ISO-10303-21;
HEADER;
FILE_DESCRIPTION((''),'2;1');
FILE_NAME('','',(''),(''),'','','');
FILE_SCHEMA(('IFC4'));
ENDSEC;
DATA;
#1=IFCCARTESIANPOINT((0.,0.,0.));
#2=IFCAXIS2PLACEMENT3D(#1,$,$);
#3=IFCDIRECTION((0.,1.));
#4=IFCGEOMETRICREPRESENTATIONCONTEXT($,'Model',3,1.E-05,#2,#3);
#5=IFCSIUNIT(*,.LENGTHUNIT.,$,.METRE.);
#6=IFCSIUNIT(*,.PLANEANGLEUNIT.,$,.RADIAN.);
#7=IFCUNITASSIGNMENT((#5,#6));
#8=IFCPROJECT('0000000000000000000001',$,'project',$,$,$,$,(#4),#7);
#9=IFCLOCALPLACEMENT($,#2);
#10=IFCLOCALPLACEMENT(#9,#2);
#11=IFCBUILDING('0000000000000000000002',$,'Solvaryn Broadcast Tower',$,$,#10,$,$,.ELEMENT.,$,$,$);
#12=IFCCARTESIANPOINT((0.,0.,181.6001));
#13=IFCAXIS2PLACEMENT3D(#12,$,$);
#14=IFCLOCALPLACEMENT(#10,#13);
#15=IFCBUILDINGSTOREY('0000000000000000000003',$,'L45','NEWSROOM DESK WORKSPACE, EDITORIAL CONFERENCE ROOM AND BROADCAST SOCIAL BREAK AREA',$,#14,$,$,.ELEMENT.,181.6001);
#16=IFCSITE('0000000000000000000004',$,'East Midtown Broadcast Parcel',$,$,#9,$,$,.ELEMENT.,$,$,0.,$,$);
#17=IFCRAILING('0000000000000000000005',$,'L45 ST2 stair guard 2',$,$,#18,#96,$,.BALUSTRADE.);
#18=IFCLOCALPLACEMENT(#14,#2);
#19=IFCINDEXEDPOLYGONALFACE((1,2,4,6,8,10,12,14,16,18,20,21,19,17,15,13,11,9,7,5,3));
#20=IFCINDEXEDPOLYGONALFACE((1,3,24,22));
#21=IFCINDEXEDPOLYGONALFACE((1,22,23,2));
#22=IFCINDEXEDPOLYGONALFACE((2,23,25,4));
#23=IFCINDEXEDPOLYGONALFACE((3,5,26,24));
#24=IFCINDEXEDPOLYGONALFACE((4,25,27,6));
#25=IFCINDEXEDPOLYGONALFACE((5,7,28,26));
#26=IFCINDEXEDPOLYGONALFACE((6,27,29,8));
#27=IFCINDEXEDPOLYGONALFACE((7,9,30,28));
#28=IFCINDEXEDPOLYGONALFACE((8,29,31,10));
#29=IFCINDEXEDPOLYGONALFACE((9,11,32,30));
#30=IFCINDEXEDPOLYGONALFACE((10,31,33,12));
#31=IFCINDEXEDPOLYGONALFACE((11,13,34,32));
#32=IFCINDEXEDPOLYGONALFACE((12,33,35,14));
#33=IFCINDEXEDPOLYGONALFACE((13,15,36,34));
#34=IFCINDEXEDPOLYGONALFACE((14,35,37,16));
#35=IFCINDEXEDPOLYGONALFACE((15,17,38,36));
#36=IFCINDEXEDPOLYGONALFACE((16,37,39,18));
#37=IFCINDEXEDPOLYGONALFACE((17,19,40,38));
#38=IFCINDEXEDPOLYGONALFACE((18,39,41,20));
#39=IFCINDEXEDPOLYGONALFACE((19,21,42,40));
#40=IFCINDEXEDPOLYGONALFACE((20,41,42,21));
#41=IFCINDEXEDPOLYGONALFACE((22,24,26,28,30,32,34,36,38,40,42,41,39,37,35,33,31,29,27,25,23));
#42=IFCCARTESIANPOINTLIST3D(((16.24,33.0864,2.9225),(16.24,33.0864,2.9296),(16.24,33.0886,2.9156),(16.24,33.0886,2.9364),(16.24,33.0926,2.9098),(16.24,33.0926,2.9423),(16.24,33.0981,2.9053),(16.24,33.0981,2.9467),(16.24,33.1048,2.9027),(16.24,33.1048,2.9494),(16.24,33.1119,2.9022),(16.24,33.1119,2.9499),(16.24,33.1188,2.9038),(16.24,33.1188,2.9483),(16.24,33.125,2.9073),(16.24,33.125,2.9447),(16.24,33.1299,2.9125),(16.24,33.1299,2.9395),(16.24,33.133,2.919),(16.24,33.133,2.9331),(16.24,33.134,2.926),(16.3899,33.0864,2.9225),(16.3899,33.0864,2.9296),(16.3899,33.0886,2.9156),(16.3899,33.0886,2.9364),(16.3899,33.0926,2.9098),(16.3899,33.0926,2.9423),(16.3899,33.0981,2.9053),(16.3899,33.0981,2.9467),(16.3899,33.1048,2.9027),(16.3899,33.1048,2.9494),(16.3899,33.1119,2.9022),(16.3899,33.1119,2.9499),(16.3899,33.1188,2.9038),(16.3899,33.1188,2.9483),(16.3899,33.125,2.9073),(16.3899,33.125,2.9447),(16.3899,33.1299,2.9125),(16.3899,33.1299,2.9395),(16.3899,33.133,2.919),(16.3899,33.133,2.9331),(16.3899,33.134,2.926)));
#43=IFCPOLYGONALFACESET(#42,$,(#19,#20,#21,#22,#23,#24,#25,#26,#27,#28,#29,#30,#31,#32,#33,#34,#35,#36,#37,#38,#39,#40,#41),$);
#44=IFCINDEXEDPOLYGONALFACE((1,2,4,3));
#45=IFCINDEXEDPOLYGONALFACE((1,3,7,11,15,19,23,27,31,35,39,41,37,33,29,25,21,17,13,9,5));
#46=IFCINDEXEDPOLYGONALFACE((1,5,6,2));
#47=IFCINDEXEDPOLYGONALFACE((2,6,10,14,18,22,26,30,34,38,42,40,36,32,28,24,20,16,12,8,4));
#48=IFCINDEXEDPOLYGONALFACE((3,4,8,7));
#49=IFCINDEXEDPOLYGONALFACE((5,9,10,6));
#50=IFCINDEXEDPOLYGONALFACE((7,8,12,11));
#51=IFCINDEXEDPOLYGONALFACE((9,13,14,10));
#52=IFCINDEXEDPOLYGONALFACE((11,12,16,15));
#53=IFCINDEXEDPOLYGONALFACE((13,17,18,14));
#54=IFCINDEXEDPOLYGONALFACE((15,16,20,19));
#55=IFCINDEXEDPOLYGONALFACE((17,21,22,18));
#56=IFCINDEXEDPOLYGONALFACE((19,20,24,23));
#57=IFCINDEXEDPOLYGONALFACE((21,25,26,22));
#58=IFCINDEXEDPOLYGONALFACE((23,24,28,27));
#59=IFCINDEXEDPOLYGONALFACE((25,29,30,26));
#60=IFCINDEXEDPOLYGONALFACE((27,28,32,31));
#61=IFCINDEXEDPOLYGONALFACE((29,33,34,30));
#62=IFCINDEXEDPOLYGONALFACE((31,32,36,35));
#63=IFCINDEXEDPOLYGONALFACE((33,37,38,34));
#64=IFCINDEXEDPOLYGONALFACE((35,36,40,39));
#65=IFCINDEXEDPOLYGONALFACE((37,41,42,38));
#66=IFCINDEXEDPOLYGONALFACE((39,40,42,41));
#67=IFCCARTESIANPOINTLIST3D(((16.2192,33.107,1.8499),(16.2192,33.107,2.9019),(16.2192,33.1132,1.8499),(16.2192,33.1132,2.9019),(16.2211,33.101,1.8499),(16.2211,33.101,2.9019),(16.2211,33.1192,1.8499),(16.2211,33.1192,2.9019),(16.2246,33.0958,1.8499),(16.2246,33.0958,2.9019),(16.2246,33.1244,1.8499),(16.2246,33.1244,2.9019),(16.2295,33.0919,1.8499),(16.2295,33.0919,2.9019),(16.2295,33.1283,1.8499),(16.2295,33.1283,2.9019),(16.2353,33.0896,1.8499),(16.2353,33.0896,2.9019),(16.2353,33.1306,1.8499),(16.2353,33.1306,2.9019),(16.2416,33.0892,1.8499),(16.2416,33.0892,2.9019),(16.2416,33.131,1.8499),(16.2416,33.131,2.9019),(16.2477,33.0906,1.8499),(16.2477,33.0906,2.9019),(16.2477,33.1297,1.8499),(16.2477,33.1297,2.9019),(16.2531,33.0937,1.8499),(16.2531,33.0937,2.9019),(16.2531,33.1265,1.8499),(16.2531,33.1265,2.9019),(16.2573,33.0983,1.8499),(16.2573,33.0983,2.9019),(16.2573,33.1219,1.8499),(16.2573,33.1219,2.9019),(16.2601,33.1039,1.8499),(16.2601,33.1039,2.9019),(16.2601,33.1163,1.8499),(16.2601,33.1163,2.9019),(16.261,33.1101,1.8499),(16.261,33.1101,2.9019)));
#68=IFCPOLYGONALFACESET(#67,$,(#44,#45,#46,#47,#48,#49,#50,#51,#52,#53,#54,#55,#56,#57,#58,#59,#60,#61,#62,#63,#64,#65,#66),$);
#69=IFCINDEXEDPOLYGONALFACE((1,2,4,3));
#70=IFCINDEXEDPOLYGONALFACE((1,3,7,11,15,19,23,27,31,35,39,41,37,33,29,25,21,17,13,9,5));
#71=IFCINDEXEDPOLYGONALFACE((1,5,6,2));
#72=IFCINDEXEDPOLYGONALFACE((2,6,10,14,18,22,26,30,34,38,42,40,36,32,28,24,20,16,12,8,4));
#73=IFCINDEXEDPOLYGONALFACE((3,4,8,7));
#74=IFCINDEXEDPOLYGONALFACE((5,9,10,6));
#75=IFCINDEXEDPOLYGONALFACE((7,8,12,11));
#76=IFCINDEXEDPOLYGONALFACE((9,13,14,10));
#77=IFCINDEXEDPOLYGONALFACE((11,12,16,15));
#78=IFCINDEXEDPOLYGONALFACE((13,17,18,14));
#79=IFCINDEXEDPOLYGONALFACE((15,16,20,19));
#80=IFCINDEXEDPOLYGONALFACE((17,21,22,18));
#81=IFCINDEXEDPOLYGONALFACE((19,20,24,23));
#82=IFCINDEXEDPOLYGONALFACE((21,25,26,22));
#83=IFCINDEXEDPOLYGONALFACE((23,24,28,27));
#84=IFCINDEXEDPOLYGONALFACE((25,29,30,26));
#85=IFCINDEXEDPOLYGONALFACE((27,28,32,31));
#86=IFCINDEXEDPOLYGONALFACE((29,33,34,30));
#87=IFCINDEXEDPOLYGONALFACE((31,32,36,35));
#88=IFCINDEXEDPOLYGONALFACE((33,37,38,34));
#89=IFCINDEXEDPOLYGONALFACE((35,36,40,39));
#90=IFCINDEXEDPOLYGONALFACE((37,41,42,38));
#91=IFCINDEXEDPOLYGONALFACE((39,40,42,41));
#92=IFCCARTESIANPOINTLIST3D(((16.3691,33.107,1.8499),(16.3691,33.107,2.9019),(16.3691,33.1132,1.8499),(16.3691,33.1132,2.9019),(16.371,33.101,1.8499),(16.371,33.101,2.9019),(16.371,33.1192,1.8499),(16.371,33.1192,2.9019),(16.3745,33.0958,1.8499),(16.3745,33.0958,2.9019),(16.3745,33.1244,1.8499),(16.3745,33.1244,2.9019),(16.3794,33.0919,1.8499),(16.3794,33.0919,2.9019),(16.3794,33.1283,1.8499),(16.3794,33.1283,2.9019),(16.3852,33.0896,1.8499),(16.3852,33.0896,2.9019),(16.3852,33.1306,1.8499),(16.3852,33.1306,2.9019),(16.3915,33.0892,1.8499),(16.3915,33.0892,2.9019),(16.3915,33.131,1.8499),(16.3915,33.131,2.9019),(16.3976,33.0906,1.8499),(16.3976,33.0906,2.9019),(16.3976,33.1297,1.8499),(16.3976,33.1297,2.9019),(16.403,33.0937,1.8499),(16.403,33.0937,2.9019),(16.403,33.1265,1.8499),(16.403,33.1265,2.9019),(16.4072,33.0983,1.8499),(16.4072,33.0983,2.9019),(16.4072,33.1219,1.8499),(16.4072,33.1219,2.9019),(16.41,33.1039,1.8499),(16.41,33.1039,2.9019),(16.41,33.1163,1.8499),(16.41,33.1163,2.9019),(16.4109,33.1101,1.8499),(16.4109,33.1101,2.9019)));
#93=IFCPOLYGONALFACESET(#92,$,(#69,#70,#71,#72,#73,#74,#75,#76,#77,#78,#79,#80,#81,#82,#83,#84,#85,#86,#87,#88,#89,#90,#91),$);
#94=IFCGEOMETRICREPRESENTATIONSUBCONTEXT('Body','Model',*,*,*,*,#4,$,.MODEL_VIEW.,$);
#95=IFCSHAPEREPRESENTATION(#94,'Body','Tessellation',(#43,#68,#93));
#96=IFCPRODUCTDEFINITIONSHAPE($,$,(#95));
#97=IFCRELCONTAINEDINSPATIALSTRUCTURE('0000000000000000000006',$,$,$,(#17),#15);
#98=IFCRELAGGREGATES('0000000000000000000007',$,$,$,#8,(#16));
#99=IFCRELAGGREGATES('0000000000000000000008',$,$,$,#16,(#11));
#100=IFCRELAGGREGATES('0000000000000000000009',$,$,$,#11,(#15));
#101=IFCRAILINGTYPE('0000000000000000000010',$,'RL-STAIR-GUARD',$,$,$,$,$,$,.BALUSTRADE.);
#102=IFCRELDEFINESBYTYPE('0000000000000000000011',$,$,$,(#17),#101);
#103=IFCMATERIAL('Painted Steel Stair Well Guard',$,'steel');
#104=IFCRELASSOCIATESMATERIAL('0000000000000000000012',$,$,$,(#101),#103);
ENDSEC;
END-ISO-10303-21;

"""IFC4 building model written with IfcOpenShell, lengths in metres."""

from ifc_helpers import new_model, si_unit, direction, frame, origin, origin_2d, place, context, subcontext, project, spatial, circle, extrude, material, type_object, element, save


model = new_model("IFC4")

# Units and contexts
model_context = context("Model", 3, precision=1e-05, world=origin(), true_north=direction((0.0, 1.0)))
body_context = subcontext(model_context, "Body", "Model", "MODEL_VIEW")
ifc_project = project(units=[si_unit("LENGTHUNIT", "METRE"), si_unit("PLANEANGLEUNIT", "RADIAN")], contexts=[model_context])

# Site, building, storey
site_placement = place(None, origin())
site = spatial("IfcSite", under=ifc_project, at=site_placement, Name="East Midtown Broadcast Parcel", CompositionType="ELEMENT", RefElevation=0.0)
building_placement = place(site_placement, origin())
building = spatial("IfcBuilding", under=site, at=building_placement, Name="Solvaryn Broadcast Tower", CompositionType="ELEMENT")
storey_placement = place(building_placement, frame((0.0, 0.0, 181.6001)))
storey = spatial("IfcBuildingStorey", under=building, at=storey_placement, Name="L45", Description="NEWSROOM DESK WORKSPACE, EDITORIAL CONFERENCE ROOM AND BROADCAST SOCIAL BREAK AREA", CompositionType="ELEMENT", Elevation=181.6001)

# Railing
ifc_material_1 = material(Name="Painted Steel Stair Well Guard", Category="steel")
railing_type_1 = type_object("IfcRailingType", Name="RL-STAIR-GUARD", PredefinedType="BALUSTRADE", material=ifc_material_1)
railing_1_placement = place(storey_placement, frame((16.24, 33.1101, 1.8499)))
element("IfcRailing", 1, at=railing_1_placement, inside=storey, type_object=railing_type_1, Name="L45 ST2 stair guard 2", PredefinedType="BALUSTRADE", context=body_context, shape_type="SweptSolid", body=[
    extrude(circle(Radius=0.0239, at=origin_2d()), frame((0.0, 0.0, 1.0762), z_axis=(1.0, 0.0, 0.0), x_axis=(0.0, 1.0, 0.0)), (0.0, 0.0, 1.0), 0.1499),
    extrude(circle(Radius=0.021, at=origin_2d()), origin(), (0.0, 0.0, 1.0), 1.052),
    extrude(circle(Radius=0.021, at=origin_2d()), frame((0.1499, 0.0, 0.0)), (0.0, 0.0, 1.0), 1.052),
])

save(model, "model.ifc")
